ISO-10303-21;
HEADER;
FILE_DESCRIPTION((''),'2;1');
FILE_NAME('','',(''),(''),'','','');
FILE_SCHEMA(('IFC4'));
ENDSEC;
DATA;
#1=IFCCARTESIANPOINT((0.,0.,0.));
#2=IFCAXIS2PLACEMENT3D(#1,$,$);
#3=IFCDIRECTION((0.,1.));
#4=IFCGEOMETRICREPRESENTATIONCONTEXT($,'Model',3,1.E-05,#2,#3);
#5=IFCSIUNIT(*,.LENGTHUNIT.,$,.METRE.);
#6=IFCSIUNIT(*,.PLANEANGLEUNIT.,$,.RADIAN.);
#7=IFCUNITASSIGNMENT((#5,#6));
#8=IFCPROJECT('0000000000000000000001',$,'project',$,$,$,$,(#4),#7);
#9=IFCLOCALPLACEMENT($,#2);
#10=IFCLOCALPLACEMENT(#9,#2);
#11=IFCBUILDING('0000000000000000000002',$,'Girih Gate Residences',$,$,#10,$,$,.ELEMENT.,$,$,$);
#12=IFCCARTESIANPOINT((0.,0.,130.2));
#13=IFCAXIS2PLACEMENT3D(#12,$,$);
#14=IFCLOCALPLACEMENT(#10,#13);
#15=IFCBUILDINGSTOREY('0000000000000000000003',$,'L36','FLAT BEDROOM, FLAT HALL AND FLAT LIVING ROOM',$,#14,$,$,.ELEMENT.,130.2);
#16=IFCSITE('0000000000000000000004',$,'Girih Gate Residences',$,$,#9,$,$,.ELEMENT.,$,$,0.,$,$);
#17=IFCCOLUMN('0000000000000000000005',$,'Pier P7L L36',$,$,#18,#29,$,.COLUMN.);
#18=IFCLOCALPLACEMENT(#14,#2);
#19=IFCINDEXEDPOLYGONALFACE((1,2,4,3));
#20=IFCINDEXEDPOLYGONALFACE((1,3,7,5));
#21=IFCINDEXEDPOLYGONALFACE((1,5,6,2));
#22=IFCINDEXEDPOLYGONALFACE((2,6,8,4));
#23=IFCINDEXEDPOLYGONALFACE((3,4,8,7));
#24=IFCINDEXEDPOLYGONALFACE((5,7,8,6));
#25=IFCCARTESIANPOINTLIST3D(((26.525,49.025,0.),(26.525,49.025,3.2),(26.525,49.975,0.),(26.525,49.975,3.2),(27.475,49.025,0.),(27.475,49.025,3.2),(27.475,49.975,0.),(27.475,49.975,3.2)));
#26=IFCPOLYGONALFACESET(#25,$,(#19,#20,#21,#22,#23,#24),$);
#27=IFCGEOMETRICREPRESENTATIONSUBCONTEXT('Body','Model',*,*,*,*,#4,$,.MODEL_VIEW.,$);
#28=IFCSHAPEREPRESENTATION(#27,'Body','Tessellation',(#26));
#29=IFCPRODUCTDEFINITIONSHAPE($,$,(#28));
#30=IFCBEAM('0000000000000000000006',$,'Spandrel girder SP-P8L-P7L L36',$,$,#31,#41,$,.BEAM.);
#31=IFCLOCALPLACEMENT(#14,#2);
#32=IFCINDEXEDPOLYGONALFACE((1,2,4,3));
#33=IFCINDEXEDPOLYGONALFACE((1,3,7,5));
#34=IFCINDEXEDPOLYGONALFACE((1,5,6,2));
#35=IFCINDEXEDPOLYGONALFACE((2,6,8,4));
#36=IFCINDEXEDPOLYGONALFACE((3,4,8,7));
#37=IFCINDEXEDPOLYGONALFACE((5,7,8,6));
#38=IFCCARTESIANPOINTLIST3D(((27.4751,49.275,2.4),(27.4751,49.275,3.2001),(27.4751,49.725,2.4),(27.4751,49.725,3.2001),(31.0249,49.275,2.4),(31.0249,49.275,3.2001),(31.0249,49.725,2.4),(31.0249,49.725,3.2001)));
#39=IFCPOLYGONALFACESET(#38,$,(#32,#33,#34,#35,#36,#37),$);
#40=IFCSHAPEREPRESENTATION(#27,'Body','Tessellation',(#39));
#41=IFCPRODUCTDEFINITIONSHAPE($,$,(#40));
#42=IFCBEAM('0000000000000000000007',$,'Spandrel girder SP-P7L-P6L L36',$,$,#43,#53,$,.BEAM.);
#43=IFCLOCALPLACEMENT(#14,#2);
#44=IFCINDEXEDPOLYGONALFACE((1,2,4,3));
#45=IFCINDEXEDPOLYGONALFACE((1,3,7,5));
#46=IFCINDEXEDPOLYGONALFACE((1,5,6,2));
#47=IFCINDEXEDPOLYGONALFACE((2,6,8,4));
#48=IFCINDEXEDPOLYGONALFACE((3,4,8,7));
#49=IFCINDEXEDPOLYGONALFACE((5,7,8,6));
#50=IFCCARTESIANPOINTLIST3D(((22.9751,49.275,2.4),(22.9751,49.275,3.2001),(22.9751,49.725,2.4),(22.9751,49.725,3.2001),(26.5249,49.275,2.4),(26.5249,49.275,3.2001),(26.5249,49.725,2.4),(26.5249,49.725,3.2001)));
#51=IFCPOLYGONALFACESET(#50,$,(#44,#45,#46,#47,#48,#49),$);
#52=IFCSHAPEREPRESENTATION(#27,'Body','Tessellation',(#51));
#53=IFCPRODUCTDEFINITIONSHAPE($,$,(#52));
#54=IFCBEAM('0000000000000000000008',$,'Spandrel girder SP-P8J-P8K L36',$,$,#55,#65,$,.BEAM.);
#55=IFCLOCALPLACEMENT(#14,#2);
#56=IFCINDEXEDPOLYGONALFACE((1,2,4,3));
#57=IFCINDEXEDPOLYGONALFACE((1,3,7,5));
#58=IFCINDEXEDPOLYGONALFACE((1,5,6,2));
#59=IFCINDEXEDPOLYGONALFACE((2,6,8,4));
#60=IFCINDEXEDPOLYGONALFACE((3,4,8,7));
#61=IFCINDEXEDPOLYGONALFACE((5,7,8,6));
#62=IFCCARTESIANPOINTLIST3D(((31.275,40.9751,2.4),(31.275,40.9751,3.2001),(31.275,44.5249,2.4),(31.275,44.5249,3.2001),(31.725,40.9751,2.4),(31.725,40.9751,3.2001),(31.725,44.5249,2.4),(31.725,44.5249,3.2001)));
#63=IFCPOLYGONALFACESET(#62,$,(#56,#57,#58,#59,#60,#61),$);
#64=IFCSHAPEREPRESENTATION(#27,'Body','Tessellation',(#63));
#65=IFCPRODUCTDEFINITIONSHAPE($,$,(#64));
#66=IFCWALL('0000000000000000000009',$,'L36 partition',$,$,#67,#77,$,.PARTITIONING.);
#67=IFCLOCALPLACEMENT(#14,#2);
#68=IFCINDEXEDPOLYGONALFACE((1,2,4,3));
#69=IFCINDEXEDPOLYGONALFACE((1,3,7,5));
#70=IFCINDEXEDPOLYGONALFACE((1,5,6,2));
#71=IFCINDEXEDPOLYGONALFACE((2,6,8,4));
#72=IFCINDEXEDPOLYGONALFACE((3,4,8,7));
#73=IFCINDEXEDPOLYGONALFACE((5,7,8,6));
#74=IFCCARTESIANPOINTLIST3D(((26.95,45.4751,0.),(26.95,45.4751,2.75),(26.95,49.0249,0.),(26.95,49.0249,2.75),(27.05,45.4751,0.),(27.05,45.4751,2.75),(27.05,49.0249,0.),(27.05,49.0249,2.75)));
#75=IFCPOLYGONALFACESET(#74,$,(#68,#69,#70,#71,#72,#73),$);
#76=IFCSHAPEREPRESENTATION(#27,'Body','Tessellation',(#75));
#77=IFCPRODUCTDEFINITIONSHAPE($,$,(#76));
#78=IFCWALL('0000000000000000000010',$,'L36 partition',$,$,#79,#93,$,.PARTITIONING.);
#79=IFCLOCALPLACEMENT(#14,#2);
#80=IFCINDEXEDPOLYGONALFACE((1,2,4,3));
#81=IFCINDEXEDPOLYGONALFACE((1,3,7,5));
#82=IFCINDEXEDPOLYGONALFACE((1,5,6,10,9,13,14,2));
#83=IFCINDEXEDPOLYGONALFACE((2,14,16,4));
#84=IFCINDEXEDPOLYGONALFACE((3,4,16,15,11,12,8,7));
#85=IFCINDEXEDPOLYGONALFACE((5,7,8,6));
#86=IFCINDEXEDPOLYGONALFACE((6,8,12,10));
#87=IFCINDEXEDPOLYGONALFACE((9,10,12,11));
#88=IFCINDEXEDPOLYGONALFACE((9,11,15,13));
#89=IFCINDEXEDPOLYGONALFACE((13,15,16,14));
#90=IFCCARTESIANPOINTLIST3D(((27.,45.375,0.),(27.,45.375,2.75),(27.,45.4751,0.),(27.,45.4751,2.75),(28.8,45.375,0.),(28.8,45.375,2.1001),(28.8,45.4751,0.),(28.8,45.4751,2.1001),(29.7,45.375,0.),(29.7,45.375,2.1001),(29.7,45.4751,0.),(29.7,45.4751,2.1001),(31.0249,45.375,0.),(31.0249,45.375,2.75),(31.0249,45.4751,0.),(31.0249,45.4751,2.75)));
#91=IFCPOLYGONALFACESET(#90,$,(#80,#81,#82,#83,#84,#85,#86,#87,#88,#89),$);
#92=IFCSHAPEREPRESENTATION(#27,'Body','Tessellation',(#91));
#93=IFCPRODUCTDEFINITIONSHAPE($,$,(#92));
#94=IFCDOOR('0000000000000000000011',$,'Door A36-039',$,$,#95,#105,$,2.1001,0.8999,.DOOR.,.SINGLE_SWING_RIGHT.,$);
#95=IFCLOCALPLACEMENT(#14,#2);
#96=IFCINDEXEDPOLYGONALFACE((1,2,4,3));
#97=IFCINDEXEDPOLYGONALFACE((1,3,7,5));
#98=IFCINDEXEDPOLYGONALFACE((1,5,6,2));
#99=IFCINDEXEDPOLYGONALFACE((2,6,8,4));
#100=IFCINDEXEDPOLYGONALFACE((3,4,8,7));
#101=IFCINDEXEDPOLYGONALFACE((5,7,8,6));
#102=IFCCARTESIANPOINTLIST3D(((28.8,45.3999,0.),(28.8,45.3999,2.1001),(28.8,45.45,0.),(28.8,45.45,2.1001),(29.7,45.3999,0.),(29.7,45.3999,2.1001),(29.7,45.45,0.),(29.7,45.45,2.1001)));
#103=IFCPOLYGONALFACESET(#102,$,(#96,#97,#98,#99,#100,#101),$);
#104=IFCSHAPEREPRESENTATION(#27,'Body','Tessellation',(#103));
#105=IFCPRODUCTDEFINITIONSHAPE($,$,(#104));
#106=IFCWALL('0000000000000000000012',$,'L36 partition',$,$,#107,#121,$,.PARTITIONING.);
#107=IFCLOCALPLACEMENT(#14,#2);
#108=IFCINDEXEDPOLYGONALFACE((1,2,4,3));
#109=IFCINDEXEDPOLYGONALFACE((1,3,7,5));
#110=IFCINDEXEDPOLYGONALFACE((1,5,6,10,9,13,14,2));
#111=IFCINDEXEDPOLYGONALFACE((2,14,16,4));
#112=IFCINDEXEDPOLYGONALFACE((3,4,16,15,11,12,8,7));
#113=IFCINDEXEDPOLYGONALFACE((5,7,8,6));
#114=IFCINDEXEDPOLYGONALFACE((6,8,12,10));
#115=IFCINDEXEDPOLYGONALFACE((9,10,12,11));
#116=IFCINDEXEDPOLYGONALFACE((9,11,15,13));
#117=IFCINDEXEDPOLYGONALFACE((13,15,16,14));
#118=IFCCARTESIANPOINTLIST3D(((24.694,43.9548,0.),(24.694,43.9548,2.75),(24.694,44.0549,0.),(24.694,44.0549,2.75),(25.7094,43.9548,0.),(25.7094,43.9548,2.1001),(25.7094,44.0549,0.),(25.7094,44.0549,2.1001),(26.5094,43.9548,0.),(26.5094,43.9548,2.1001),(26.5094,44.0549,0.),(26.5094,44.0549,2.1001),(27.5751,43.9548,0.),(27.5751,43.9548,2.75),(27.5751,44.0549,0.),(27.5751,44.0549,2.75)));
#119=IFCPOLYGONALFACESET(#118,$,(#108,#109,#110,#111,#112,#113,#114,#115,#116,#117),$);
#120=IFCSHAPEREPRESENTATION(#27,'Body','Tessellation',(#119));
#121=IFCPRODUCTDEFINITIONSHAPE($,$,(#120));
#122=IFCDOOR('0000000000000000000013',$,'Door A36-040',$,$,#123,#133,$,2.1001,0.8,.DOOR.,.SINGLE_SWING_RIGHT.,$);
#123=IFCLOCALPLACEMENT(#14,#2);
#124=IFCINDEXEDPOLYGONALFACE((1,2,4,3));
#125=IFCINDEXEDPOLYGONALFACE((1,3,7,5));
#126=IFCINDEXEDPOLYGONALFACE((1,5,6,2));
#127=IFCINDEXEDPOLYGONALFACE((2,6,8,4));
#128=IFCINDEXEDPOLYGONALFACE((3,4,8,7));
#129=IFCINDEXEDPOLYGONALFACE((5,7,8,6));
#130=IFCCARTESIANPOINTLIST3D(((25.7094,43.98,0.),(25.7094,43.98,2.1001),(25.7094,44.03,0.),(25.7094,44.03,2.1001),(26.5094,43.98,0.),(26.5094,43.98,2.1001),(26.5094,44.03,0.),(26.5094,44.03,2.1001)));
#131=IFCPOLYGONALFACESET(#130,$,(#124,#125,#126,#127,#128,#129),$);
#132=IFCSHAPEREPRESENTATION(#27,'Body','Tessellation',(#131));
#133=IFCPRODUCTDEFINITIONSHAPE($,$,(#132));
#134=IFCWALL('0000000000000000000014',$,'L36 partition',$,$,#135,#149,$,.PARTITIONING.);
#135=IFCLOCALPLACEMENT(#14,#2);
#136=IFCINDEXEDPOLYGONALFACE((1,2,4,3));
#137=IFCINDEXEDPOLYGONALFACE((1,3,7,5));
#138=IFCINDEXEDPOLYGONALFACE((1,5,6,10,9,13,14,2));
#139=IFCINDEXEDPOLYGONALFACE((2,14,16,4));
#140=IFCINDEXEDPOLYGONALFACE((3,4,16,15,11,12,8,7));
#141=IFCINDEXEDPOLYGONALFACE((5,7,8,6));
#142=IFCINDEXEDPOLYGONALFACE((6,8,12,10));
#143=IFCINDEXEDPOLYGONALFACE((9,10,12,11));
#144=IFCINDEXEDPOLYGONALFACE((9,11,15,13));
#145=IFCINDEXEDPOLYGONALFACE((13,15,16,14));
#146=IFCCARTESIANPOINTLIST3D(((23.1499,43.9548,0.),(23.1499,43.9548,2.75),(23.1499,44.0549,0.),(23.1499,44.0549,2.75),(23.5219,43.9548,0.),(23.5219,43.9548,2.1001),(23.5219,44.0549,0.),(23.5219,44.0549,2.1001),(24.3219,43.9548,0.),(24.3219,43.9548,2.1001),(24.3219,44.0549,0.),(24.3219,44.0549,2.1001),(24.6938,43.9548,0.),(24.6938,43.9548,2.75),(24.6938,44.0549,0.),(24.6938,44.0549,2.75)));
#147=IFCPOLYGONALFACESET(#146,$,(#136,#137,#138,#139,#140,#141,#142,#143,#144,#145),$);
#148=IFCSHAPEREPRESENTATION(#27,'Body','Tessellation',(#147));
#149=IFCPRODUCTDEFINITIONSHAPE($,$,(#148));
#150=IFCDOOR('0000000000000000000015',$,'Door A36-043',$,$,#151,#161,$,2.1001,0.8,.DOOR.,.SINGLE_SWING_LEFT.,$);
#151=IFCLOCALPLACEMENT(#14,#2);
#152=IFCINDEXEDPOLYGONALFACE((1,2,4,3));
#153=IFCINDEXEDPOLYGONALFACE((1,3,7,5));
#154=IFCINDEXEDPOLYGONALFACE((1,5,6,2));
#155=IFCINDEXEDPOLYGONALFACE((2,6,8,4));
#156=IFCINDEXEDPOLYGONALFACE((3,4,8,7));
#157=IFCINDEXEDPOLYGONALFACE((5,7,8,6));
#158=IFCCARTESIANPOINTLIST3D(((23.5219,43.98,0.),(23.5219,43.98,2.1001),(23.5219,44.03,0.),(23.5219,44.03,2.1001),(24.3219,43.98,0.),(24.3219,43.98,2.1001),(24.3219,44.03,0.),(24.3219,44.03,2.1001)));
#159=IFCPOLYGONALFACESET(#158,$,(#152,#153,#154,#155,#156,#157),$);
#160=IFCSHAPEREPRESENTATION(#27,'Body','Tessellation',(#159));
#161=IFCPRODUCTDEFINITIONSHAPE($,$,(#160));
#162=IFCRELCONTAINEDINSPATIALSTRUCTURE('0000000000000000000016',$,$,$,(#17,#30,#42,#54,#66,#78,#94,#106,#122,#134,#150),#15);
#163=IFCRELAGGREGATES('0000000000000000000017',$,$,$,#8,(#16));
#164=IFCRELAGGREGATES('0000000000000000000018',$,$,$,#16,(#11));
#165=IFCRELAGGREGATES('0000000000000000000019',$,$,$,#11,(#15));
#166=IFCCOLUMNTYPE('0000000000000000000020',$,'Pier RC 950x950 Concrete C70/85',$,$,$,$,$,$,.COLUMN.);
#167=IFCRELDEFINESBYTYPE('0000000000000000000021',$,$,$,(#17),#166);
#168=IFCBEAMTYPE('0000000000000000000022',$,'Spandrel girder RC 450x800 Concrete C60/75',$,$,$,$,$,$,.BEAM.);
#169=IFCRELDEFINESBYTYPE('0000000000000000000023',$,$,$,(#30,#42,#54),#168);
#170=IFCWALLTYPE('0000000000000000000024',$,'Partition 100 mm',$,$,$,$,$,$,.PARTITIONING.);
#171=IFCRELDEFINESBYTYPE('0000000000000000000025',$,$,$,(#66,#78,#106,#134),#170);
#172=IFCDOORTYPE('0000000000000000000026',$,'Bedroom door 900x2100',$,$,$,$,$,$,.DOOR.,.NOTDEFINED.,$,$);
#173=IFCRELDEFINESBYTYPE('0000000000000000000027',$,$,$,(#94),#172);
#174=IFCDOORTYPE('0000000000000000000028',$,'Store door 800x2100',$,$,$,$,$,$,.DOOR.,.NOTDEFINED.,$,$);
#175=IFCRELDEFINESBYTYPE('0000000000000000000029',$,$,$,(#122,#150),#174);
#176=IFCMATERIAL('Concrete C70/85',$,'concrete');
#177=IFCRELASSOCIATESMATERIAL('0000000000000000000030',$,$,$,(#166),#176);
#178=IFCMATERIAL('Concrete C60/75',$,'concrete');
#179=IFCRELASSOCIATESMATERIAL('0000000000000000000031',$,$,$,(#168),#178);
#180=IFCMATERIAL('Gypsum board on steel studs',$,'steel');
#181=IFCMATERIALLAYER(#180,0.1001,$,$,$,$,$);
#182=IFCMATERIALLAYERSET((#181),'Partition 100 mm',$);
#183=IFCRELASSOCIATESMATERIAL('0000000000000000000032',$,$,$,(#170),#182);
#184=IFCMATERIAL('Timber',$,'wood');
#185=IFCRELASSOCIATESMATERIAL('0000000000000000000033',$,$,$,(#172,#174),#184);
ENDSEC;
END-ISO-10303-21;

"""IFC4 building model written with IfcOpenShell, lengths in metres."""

from ifc_helpers import new_model, si_unit, direction, frame, frame_2d, origin, origin_2d, place, context, subcontext, project, spatial, rectangle, extrude, material, layer, layer_set, material_profile, profile_set, type_object, element, fill, save


model = new_model("IFC4")

# Units and contexts
model_context = context("Model", 3, precision=1e-05, world=origin(), true_north=direction((0.0, 1.0)))
body_context = subcontext(model_context, "Body", "Model", "MODEL_VIEW")
ifc_project = project(units=[si_unit("LENGTHUNIT", "METRE"), si_unit("PLANEANGLEUNIT", "RADIAN")], contexts=[model_context])

# Site, building, storey
site_placement = place(None, origin())
site = spatial("IfcSite", under=ifc_project, at=site_placement, Name="Girih Gate Residences", CompositionType="ELEMENT", RefElevation=0.0)
building_placement = place(site_placement, origin())
building = spatial("IfcBuilding", under=site, at=building_placement, Name="Girih Gate Residences", CompositionType="ELEMENT")
storey_placement = place(building_placement, frame((0.0, 0.0, 130.2)))
storey = spatial("IfcBuildingStorey", under=building, at=storey_placement, Name="L36", Description="FLAT BEDROOM, FLAT HALL AND FLAT LIVING ROOM", CompositionType="ELEMENT", Elevation=130.2)

# Column
ifc_material_1 = material(Name="Concrete C70/85", Category="concrete")
ifc_material_profile_1 = material_profile(ifc_material_1, rectangle(XDim=0.95, YDim=0.95, at=origin_2d()))
ifc_profile_set_1 = profile_set([ifc_material_profile_1], Name="Concrete C70/85")
column_type = type_object("IfcColumnType", Name="Pier RC 950x950 Concrete C70/85", PredefinedType="COLUMN", material=ifc_profile_set_1)
column_placement = place(storey_placement, frame((27.0, 49.5, 0.0), z_axis=(0.0, 0.0, 1.0), x_axis=(1.0, 0.0, 0.0)))
element("IfcColumn", 1, at=column_placement, inside=storey, type_object=column_type, Name="Pier P7L L36", PredefinedType="COLUMN", context=body_context, shape_type="SweptSolid", body=[
    extrude(rectangle(XDim=0.95, YDim=0.95, at=origin_2d()), origin(), (0.0, 0.0, 1.0), 3.2),
])

# Beams
ifc_material_2 = material(Name="Concrete C60/75", Category="concrete")
ifc_material_profile_2 = material_profile(ifc_material_2, rectangle(XDim=0.45, YDim=0.8, at=origin_2d()))
ifc_profile_set_2 = profile_set([ifc_material_profile_2], Name="Concrete C60/75")
beam_type = type_object("IfcBeamType", Name="Spandrel girder RC 450x800 Concrete C60/75", PredefinedType="BEAM", material=ifc_profile_set_2)
for number, where, z_axis, x_axis, name in (
    (2, (31.0249, 49.5, 2.8), (-1.0, 0.0, 0.0), (0.0, -1.0, 0.0), "Spandrel girder SP-P8L-P7L L36"),
    (3, (26.5249, 49.5, 2.8), (-1.0, 0.0, 0.0), (0.0, -1.0, 0.0), "Spandrel girder SP-P7L-P6L L36"),
    (4, (31.5, 40.9751, 2.8), (0.0, 1.0, 0.0), (-1.0, 0.0, 0.0), "Spandrel girder SP-P8J-P8K L36"),
):
    element("IfcBeam", number, at=place(storey_placement, frame(where, z_axis=z_axis, x_axis=x_axis)), inside=storey, type_object=beam_type, Name=name, PredefinedType="BEAM", context=body_context, shape_type="SweptSolid", body=[
        extrude(rectangle(XDim=0.45, YDim=0.8, at=origin_2d()), origin(), (0.0, 0.0, 1.0), 3.5498),
    ])

# Wall
ifc_material_3 = material(Name="Gypsum board on steel studs", Category="steel")
ifc_layer_1 = layer(ifc_material_3, 0.1001)
ifc_layer_set_1 = layer_set([ifc_layer_1], Name="Partition 100 mm")
wall_type_1 = type_object("IfcWallType", Name="Partition 100 mm", PredefinedType="PARTITIONING", material=ifc_layer_set_1)
wall_1_placement = place(storey_placement, frame((27.0, 45.4751, 0.0), z_axis=(0.0, 0.0, 1.0), x_axis=(0.0, 1.0, 0.0)))
element("IfcWall", 5, at=wall_1_placement, inside=storey, type_object=wall_type_1, Name="L36 partition", PredefinedType="PARTITIONING", context=body_context, shape_type="SweptSolid", body=[
    extrude(rectangle(XDim=3.5498, YDim=0.1001, at=frame_2d((1.7749, 0.0))), origin(), (0.0, 0.0, 1.0), 2.75),
])

# Walls, openings, doors
wall_2_placement = place(storey_placement, frame((27.0, 45.425, 0.0), z_axis=(0.0, 0.0, 1.0), x_axis=(1.0, 0.0, 0.0)))
wall_2 = element("IfcWall", 6, at=wall_2_placement, inside=storey, type_object=wall_type_1, Name="L36 partition", PredefinedType="PARTITIONING", context=body_context, shape_type="SweptSolid", body=[
    extrude(rectangle(XDim=4.0249, YDim=0.1001, at=frame_2d((2.0125, 0.0))), origin(), (0.0, 0.0, 1.0), 2.75),
])
opening_1_placement = place(wall_2_placement, frame((1.8, 0.0, 0.0)))
opening_1 = element("IfcOpeningElement", 7, at=opening_1_placement, cuts=wall_2, PredefinedType="OPENING", context=body_context, shape_type="SweptSolid", body=[
    extrude(rectangle(XDim=0.8999, YDim=2.1001, at=frame_2d((0.45, 1.05))), frame((0.0, 0.0601, 0.0), z_axis=(0.0, -1.0, 0.0), x_axis=(1.0, 0.0, 0.0)), (0.0, 0.0, 1.0), 0.1201),
])
ifc_material_4 = material(Name="Timber", Category="wood")
door_type_1 = type_object("IfcDoorType", Name="Bedroom door 900x2100", OperationType="NOTDEFINED", PredefinedType="DOOR", material=ifc_material_4)
door_1_placement = place(opening_1_placement, origin())
door_1 = element("IfcDoor", 8, at=door_1_placement, inside=storey, type_object=door_type_1, Name="Door A36-039", OperationType="SINGLE_SWING_RIGHT", OverallHeight=2.1001, OverallWidth=0.8999, PredefinedType="DOOR", context=body_context, shape_type="SweptSolid", body=[
    extrude(rectangle(XDim=0.8999, YDim=2.1001, at=frame_2d((0.45, 1.05))), frame((0.0, 0.0249, 0.0), z_axis=(0.0, -1.0, 0.0), x_axis=(1.0, 0.0, 0.0)), (0.0, 0.0, 1.0), 0.05),
])
fill(opening_1, door_1)
wall_3_placement = place(storey_placement, frame((27.575, 44.0049, 0.0), z_axis=(0.0, 0.0, 1.0), x_axis=(-1.0, 0.0, 0.0)))
wall_3 = element("IfcWall", 9, at=wall_3_placement, inside=storey, type_object=wall_type_1, Name="L36 partition", PredefinedType="PARTITIONING", context=body_context, shape_type="SweptSolid", body=[
    extrude(rectangle(XDim=2.8811, YDim=0.1001, at=frame_2d((1.4404, 0.0))), origin(), (0.0, 0.0, 1.0), 2.75),
])
opening_2_placement = place(wall_3_placement, frame((1.0657, 0.0, 0.0)))
opening_2 = element("IfcOpeningElement", 10, at=opening_2_placement, cuts=wall_3, PredefinedType="OPENING", context=body_context, shape_type="SweptSolid", body=[
    extrude(rectangle(XDim=0.8, YDim=2.1001, at=frame_2d((0.3999, 1.05))), frame((0.0, 0.0601, 0.0), z_axis=(0.0, -1.0, 0.0), x_axis=(1.0, 0.0, 0.0)), (0.0, 0.0, 1.0), 0.1201),
])
door_type_2 = type_object("IfcDoorType", Name="Store door 800x2100", OperationType="NOTDEFINED", PredefinedType="DOOR", material=ifc_material_4)
door_2_placement = place(opening_2_placement, origin())
door_2 = element("IfcDoor", 11, at=door_2_placement, inside=storey, type_object=door_type_2, Name="Door A36-040", OperationType="SINGLE_SWING_RIGHT", OverallHeight=2.1001, OverallWidth=0.8, PredefinedType="DOOR", context=body_context, shape_type="SweptSolid", body=[
    extrude(rectangle(XDim=0.8, YDim=2.1001, at=frame_2d((0.3999, 1.05))), frame((0.0, 0.0249, 0.0), z_axis=(0.0, -1.0, 0.0), x_axis=(1.0, 0.0, 0.0)), (0.0, 0.0, 1.0), 0.05),
])
fill(opening_2, door_2)
wall_4_placement = place(storey_placement, frame((24.6938, 44.0049, 0.0), z_axis=(0.0, 0.0, 1.0), x_axis=(-1.0, 0.0, 0.0)))
wall_4 = element("IfcWall", 12, at=wall_4_placement, inside=storey, type_object=wall_type_1, Name="L36 partition", PredefinedType="PARTITIONING", context=body_context, shape_type="SweptSolid", body=[
    extrude(rectangle(XDim=1.5439, YDim=0.1001, at=frame_2d((0.772, 0.0))), origin(), (0.0, 0.0, 1.0), 2.75),
])
opening_3_placement = place(wall_4_placement, frame((0.3721, 0.0, 0.0)))
opening_3 = element("IfcOpeningElement", 13, at=opening_3_placement, cuts=wall_4, PredefinedType="OPENING", context=body_context, shape_type="SweptSolid", body=[
    extrude(rectangle(XDim=0.8, YDim=2.1001, at=frame_2d((0.3999, 1.05))), frame((0.0, 0.0601, 0.0), z_axis=(0.0, -1.0, 0.0), x_axis=(1.0, 0.0, 0.0)), (0.0, 0.0, 1.0), 0.1201),
])
door_3_placement = place(opening_3_placement, origin())
door_3 = element("IfcDoor", 14, at=door_3_placement, inside=storey, type_object=door_type_2, Name="Door A36-043", OperationType="SINGLE_SWING_LEFT", OverallHeight=2.1001, OverallWidth=0.8, PredefinedType="DOOR", context=body_context, shape_type="SweptSolid", body=[
    extrude(rectangle(XDim=0.8, YDim=2.1001, at=frame_2d((0.3999, 1.05))), frame((0.0, 0.0249, 0.0), z_axis=(0.0, -1.0, 0.0), x_axis=(1.0, 0.0, 0.0)), (0.0, 0.0, 1.0), 0.05),
])
fill(opening_3, door_3)

save(model, "model.ifc")
